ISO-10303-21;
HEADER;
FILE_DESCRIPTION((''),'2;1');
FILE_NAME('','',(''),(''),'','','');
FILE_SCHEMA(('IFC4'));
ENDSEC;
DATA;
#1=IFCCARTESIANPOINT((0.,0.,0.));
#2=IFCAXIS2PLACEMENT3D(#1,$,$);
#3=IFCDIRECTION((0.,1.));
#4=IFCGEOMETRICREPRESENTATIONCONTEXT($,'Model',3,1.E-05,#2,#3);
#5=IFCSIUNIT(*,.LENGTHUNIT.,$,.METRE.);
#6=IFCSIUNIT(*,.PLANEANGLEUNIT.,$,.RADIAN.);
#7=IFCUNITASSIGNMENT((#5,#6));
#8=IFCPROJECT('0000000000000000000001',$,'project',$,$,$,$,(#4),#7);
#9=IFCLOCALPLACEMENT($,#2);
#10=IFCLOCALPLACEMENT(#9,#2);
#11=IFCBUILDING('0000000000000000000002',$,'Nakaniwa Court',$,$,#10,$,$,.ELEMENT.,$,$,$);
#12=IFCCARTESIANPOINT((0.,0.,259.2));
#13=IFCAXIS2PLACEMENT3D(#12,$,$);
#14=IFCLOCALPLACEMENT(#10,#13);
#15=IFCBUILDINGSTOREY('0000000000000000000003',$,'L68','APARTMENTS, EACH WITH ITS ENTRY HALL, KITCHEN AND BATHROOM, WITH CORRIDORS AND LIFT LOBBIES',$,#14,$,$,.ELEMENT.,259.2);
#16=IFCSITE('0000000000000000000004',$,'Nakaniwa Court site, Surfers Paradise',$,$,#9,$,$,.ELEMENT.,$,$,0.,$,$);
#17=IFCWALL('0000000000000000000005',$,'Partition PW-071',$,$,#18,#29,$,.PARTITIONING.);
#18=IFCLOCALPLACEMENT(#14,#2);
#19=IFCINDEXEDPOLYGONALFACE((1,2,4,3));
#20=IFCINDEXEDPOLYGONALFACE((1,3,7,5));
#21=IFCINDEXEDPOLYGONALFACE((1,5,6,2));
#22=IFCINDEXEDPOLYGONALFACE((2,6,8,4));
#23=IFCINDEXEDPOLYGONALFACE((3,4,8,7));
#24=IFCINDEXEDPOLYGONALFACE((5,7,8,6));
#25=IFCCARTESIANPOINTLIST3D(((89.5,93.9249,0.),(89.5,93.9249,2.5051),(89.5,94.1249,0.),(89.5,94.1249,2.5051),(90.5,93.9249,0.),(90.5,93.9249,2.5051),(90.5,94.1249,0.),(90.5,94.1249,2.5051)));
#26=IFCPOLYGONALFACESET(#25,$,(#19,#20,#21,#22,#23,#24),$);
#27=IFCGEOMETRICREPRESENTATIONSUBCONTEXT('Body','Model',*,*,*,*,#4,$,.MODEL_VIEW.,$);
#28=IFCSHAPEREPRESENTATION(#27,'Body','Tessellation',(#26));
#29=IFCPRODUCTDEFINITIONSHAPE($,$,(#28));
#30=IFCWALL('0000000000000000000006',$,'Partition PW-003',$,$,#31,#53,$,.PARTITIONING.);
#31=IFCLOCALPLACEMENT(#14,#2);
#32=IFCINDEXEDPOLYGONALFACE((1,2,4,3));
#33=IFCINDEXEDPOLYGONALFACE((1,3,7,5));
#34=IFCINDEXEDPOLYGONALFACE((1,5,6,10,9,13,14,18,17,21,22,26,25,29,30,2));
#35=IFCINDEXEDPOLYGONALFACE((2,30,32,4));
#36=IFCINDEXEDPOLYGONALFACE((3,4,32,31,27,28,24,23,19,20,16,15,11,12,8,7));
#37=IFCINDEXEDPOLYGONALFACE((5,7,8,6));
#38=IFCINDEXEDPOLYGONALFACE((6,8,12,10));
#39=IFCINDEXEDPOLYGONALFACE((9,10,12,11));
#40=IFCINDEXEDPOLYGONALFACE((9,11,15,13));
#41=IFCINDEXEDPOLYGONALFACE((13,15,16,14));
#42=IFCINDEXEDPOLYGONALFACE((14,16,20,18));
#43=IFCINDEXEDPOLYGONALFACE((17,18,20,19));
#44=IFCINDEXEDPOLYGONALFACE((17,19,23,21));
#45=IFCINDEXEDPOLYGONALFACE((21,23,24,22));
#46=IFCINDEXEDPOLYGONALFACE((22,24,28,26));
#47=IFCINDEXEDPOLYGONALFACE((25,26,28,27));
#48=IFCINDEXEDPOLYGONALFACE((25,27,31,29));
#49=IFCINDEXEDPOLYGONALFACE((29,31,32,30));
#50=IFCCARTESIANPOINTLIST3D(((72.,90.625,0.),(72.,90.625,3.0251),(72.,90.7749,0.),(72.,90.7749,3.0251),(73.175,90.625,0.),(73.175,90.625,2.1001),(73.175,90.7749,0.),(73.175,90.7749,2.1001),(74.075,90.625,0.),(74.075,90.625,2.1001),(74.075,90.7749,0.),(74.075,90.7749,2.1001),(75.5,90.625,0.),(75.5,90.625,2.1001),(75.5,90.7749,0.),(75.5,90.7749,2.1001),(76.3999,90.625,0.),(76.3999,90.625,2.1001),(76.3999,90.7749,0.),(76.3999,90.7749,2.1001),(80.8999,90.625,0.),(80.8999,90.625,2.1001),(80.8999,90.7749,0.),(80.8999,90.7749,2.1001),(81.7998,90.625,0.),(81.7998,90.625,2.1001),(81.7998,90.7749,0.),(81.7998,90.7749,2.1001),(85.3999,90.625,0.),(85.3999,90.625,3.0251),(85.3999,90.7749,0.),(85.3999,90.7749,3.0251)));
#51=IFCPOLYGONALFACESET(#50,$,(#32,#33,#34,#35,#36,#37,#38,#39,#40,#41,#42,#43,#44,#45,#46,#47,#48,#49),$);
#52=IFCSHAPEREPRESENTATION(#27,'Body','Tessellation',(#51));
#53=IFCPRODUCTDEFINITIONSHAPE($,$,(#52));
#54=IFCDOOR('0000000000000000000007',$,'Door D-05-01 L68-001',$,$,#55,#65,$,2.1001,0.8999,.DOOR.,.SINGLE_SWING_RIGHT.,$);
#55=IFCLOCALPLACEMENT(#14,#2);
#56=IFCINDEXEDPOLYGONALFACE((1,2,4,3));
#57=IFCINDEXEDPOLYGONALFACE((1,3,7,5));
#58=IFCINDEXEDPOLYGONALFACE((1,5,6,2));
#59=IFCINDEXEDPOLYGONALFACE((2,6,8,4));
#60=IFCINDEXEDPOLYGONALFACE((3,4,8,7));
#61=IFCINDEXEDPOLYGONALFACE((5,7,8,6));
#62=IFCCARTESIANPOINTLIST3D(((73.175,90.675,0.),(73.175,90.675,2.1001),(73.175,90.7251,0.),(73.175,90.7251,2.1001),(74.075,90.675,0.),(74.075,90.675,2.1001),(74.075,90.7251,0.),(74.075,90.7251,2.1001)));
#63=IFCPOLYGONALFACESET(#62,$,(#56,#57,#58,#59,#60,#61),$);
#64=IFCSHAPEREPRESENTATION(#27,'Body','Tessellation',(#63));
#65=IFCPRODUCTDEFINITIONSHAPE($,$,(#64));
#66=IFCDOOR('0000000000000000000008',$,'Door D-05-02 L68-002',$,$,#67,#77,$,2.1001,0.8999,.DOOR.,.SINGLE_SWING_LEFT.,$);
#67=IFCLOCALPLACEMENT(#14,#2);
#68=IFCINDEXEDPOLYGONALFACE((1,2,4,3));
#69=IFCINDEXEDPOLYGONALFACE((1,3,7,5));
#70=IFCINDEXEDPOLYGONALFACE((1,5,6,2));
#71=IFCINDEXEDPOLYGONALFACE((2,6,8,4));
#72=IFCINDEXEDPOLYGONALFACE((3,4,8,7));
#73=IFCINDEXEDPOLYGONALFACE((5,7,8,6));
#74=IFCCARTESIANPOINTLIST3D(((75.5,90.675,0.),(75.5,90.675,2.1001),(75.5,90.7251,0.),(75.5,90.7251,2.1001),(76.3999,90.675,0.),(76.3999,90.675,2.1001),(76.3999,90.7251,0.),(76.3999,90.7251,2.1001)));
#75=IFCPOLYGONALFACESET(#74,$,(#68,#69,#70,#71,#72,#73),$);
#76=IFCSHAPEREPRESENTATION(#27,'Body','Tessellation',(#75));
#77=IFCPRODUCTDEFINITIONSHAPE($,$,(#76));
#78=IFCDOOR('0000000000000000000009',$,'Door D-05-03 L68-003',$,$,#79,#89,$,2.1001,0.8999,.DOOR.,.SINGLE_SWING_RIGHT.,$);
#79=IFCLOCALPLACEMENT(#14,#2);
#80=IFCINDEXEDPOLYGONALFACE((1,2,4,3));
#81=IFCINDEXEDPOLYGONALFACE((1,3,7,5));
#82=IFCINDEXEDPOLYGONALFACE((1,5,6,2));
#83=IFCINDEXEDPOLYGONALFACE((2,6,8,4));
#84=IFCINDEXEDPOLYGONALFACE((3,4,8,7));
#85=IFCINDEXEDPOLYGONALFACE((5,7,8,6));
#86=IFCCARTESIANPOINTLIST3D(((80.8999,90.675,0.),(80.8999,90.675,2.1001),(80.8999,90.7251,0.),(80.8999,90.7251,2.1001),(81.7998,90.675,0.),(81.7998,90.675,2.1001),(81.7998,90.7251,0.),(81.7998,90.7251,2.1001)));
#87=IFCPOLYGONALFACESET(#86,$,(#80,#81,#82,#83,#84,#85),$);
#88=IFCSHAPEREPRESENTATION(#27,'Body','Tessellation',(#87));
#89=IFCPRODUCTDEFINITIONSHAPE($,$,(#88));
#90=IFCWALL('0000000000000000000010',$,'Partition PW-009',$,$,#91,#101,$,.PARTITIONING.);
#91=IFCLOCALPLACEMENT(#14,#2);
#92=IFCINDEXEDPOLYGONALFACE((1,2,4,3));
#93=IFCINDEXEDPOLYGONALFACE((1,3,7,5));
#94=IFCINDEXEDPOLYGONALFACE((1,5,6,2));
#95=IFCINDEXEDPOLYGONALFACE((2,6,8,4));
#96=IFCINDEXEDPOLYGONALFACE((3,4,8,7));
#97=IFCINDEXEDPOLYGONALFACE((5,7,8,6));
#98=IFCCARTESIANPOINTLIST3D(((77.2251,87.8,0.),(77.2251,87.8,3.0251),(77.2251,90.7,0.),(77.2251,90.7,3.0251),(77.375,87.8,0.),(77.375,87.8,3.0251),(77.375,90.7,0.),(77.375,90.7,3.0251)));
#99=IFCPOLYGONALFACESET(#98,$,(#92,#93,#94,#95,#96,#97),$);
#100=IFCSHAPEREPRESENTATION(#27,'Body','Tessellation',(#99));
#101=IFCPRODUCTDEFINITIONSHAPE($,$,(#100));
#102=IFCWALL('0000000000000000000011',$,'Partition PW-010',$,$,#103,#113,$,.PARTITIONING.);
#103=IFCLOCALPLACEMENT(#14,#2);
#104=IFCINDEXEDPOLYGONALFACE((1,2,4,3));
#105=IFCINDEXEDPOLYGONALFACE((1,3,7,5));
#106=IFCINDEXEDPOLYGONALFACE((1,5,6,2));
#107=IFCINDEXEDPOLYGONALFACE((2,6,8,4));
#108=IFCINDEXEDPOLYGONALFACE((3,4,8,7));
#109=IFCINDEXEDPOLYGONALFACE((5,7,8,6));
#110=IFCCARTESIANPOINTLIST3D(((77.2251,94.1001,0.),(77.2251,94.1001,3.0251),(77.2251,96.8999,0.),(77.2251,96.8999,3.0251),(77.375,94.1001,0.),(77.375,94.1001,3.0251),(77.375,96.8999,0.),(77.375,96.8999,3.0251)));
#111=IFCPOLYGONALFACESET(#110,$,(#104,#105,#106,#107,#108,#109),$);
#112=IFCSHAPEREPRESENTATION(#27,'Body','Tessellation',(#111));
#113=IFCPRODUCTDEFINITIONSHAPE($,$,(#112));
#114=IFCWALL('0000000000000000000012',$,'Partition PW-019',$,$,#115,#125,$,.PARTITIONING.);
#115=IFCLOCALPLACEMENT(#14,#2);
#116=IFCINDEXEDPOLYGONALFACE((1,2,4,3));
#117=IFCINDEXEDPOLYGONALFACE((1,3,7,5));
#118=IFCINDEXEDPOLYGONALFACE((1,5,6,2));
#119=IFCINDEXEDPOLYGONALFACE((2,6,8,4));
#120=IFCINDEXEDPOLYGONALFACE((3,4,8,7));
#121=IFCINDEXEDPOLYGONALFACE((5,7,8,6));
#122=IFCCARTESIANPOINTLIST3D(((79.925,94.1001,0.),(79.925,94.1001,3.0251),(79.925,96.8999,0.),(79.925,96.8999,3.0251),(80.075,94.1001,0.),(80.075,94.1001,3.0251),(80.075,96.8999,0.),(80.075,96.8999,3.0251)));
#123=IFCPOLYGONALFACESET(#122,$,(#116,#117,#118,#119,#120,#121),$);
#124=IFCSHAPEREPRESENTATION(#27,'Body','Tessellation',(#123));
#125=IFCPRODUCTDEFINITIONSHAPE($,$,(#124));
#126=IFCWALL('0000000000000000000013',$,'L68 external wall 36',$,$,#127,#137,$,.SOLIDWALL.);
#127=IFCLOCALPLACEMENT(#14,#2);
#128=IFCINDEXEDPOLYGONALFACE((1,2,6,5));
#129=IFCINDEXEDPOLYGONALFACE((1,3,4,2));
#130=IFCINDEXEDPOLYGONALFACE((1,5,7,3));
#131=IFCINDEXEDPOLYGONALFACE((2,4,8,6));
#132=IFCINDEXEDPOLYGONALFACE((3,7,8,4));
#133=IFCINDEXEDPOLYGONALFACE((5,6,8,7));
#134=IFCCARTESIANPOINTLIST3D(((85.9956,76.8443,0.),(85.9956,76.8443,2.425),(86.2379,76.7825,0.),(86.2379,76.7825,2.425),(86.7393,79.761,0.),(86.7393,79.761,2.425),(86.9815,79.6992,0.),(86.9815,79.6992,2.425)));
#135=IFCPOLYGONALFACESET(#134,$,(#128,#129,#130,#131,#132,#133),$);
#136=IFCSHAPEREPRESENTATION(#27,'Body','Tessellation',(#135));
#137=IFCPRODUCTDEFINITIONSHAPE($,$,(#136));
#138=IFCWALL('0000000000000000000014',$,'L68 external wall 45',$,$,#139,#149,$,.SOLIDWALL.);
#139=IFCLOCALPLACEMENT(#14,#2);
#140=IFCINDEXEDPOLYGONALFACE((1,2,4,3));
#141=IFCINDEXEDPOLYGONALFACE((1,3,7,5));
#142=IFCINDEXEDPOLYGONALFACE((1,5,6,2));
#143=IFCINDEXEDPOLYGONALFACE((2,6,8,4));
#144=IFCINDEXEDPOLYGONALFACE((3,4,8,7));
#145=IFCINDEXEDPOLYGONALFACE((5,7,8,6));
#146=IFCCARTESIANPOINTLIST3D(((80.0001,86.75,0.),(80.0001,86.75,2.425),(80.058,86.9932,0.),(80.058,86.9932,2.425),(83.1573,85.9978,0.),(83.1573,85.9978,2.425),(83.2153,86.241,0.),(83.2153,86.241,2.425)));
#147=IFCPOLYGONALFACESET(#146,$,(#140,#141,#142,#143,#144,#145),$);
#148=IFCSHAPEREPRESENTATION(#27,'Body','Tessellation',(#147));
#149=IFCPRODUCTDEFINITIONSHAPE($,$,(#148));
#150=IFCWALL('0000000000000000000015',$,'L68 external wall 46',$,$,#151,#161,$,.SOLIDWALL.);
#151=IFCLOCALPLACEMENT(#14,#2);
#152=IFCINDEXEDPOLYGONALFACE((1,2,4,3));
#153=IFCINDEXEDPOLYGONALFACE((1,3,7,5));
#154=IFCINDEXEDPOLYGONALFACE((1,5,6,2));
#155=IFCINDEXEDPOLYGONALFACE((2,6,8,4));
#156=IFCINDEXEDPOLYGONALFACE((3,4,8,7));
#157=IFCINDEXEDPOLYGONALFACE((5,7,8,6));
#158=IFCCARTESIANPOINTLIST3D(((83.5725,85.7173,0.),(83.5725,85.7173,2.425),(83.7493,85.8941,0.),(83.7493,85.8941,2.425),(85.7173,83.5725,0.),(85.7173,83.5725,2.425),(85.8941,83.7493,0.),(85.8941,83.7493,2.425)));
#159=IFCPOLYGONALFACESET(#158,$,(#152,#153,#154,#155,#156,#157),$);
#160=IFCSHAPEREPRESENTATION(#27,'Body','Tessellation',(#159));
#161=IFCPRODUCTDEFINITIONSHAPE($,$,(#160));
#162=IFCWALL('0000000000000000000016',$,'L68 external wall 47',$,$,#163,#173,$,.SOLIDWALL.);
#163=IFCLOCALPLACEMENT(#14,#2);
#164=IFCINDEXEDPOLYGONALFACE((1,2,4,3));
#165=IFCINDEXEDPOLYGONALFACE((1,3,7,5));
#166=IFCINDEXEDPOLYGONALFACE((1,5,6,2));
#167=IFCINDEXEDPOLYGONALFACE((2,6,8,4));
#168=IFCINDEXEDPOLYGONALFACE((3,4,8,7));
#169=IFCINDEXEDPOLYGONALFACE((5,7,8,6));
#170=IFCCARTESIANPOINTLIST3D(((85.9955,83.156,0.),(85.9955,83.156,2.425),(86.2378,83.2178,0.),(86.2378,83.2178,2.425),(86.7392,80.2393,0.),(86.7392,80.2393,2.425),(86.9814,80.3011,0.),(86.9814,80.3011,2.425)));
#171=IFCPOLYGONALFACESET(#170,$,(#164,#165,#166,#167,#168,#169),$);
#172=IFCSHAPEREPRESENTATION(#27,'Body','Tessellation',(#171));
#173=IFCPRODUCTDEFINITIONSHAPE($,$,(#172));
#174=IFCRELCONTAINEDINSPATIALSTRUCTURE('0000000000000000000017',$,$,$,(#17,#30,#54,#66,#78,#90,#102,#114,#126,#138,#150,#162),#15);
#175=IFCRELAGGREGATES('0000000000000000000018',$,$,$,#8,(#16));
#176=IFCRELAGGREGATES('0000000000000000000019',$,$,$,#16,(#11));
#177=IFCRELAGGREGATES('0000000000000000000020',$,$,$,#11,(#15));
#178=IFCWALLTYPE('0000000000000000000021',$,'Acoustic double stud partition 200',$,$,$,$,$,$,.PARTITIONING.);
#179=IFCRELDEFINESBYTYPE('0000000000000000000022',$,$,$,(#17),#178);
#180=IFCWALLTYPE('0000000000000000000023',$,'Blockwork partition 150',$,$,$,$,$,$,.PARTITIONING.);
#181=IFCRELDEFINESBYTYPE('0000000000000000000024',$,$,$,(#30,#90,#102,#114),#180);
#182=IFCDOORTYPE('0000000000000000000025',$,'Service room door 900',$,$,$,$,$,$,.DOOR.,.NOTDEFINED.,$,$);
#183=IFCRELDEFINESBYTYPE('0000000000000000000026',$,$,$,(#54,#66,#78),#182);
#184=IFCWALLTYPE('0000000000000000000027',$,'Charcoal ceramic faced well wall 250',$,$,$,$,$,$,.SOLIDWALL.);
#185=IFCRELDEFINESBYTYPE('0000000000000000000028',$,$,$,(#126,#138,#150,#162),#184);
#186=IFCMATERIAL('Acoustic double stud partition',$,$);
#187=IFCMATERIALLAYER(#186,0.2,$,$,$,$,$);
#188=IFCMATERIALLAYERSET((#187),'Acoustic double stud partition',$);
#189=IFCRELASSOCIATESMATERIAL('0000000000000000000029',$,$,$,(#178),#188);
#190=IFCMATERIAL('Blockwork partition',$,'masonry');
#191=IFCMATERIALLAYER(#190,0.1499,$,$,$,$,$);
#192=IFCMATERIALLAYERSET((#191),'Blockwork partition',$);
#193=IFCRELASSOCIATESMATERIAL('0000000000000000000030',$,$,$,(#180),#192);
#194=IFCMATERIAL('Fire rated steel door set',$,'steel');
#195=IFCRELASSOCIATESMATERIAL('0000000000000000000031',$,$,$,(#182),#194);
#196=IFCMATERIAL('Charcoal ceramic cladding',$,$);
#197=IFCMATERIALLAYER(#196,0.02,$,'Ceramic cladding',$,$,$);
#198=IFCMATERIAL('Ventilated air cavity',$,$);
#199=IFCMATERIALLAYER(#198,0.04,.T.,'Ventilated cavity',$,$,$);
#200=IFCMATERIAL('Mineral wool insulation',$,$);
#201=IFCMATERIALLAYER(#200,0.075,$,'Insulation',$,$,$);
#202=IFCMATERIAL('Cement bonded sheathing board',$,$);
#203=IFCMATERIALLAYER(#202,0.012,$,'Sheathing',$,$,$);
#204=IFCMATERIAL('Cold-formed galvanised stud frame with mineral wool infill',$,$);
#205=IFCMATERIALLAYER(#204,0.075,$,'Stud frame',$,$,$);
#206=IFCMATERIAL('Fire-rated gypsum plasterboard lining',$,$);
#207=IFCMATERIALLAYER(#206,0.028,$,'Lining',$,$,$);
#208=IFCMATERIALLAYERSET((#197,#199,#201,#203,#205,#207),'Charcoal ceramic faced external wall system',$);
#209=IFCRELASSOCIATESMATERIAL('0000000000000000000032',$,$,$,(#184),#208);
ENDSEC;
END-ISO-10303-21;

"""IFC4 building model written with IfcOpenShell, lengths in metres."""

from ifc_helpers import new_model, si_unit, direction, frame, frame_2d, origin, place, context, subcontext, project, spatial, rectangle, extrude, material, layer, layer_set, type_object, element, fill, save


model = new_model("IFC4")

# Units and contexts
model_context = context("Model", 3, precision=1e-05, world=origin(), true_north=direction((0.0, 1.0)))
body_context = subcontext(model_context, "Body", "Model", "MODEL_VIEW")
ifc_project = project(units=[si_unit("LENGTHUNIT", "METRE"), si_unit("PLANEANGLEUNIT", "RADIAN")], contexts=[model_context])

# Site, building, storey
site_placement = place(None, origin())
site = spatial("IfcSite", under=ifc_project, at=site_placement, Name="Nakaniwa Court site, Surfers Paradise", CompositionType="ELEMENT", RefElevation=0.0)
building_placement = place(site_placement, origin())
building = spatial("IfcBuilding", under=site, at=building_placement, Name="Nakaniwa Court", CompositionType="ELEMENT")
storey_placement = place(building_placement, frame((0.0, 0.0, 259.2)))
storey = spatial("IfcBuildingStorey", under=building, at=storey_placement, Name="L68", Description="APARTMENTS, EACH WITH ITS ENTRY HALL, KITCHEN AND BATHROOM, WITH CORRIDORS AND LIFT LOBBIES", CompositionType="ELEMENT", Elevation=259.2)

# Shared definitions
ifc_material_1 = material(Name="Acoustic double stud partition")
ifc_layer_1 = layer(ifc_material_1, 0.2)
ifc_layer_set_1 = layer_set([ifc_layer_1], Name="Acoustic double stud partition")
wall_type_1 = type_object("IfcWallType", Name="Acoustic double stud partition 200", PredefinedType="PARTITIONING", material=ifc_layer_set_1)

# Wall
wall_1_placement = place(storey_placement, frame((89.5, 94.0249, 0.0), z_axis=(0.0, 0.0, 1.0), x_axis=(1.0, 0.0, 0.0)))
element("IfcWall", 1, at=wall_1_placement, inside=storey, type_object=wall_type_1, Name="Partition PW-071", PredefinedType="PARTITIONING", context=body_context, shape_type="SweptSolid", body=[
    extrude(rectangle(XDim=1.0, YDim=0.2, at=frame_2d((0.5, 0.0))), origin(), (0.0, 0.0, 1.0), 2.5051),
])

# Wall, openings, doors
ifc_material_2 = material(Name="Blockwork partition", Category="masonry")
ifc_layer_2 = layer(ifc_material_2, 0.1499)
ifc_layer_set_2 = layer_set([ifc_layer_2], Name="Blockwork partition")
wall_type_2 = type_object("IfcWallType", Name="Blockwork partition 150", PredefinedType="PARTITIONING", material=ifc_layer_set_2)
wall_2_placement = place(storey_placement, frame((85.3999, 90.7, 0.0), z_axis=(0.0, 0.0, 1.0), x_axis=(-1.0, 0.0, 0.0)))
wall_2 = element("IfcWall", 2, at=wall_2_placement, inside=storey, type_object=wall_type_2, Name="Partition PW-003", PredefinedType="PARTITIONING", context=body_context, shape_type="SweptSolid", body=[
    extrude(rectangle(XDim=13.3999, YDim=0.1499, at=frame_2d((6.7, 0.0))), origin(), (0.0, 0.0, 1.0), 3.0251),
])
opening_1_placement = place(wall_2_placement, frame((11.325, 0.0, 0.0)))
opening_1 = element("IfcOpeningElement", 3, at=opening_1_placement, cuts=wall_2, PredefinedType="OPENING", context=body_context, shape_type="SweptSolid", body=[
    extrude(rectangle(XDim=0.8999, YDim=2.1001, at=frame_2d((0.45, 1.05))), frame((0.0, 0.085, 0.0), z_axis=(0.0, -1.0, 0.0), x_axis=(1.0, 0.0, 0.0)), (0.0, 0.0, 1.0), 0.1699),
])
opening_2_placement = place(wall_2_placement, frame((9.0, 0.0, 0.0)))
opening_2 = element("IfcOpeningElement", 4, at=opening_2_placement, cuts=wall_2, PredefinedType="OPENING", context=body_context, shape_type="SweptSolid", body=[
    extrude(rectangle(XDim=0.8999, YDim=2.1001, at=frame_2d((0.45, 1.05))), frame((0.0, 0.085, 0.0), z_axis=(0.0, -1.0, 0.0), x_axis=(1.0, 0.0, 0.0)), (0.0, 0.0, 1.0), 0.1699),
])
opening_3_placement = place(wall_2_placement, frame((3.6001, 0.0, 0.0)))
opening_3 = element("IfcOpeningElement", 5, at=opening_3_placement, cuts=wall_2, PredefinedType="OPENING", context=body_context, shape_type="SweptSolid", body=[
    extrude(rectangle(XDim=0.8999, YDim=2.1001, at=frame_2d((0.45, 1.05))), frame((0.0, 0.085, 0.0), z_axis=(0.0, -1.0, 0.0), x_axis=(1.0, 0.0, 0.0)), (0.0, 0.0, 1.0), 0.1699),
])
ifc_material_3 = material(Name="Fire rated steel door set", Category="steel")
door_type_1 = type_object("IfcDoorType", Name="Service room door 900", OperationType="NOTDEFINED", PredefinedType="DOOR", material=ifc_material_3)
door_1_placement = place(opening_1_placement, origin())
door_1 = element("IfcDoor", 6, at=door_1_placement, inside=storey, type_object=door_type_1, Name="Door D-05-01 L68-001", OperationType="SINGLE_SWING_RIGHT", OverallHeight=2.1001, OverallWidth=0.8999, PredefinedType="DOOR", context=body_context, shape_type="SweptSolid", body=[
    extrude(rectangle(XDim=0.8999, YDim=2.1001, at=frame_2d((0.45, 1.05))), frame((0.0, 0.0249, 0.0), z_axis=(0.0, -1.0, 0.0), x_axis=(1.0, 0.0, 0.0)), (0.0, 0.0, 1.0), 0.05),
])
fill(opening_1, door_1)
door_2_placement = place(opening_2_placement, origin())
door_2 = element("IfcDoor", 7, at=door_2_placement, inside=storey, type_object=door_type_1, Name="Door D-05-02 L68-002", OperationType="SINGLE_SWING_LEFT", OverallHeight=2.1001, OverallWidth=0.8999, PredefinedType="DOOR", context=body_context, shape_type="SweptSolid", body=[
    extrude(rectangle(XDim=0.8999, YDim=2.1001, at=frame_2d((0.45, 1.05))), frame((0.0, 0.0249, 0.0), z_axis=(0.0, -1.0, 0.0), x_axis=(1.0, 0.0, 0.0)), (0.0, 0.0, 1.0), 0.05),
])
fill(opening_2, door_2)
door_3_placement = place(opening_3_placement, origin())
door_3 = element("IfcDoor", 8, at=door_3_placement, inside=storey, type_object=door_type_1, Name="Door D-05-03 L68-003", OperationType="SINGLE_SWING_RIGHT", OverallHeight=2.1001, OverallWidth=0.8999, PredefinedType="DOOR", context=body_context, shape_type="SweptSolid", body=[
    extrude(rectangle(XDim=0.8999, YDim=2.1001, at=frame_2d((0.45, 1.05))), frame((0.0, 0.0249, 0.0), z_axis=(0.0, -1.0, 0.0), x_axis=(1.0, 0.0, 0.0)), (0.0, 0.0, 1.0), 0.05),
])
fill(opening_3, door_3)

# Walls
wall_3_placement = place(storey_placement, frame((77.3, 87.8, 0.0), z_axis=(0.0, 0.0, 1.0), x_axis=(0.0, 1.0, 0.0)))
element("IfcWall", 9, at=wall_3_placement, inside=storey, type_object=wall_type_2, Name="Partition PW-009", PredefinedType="PARTITIONING", context=body_context, shape_type="SweptSolid", body=[
    extrude(rectangle(XDim=2.8999, YDim=0.1499, at=frame_2d((1.45, 0.0))), origin(), (0.0, 0.0, 1.0), 3.0251),
])
for number, where, z_axis, x_axis, name in (
    (10, (77.3, 94.1001, 0.0), (0.0, 0.0, 1.0), (0.0, 1.0, 0.0), "Partition PW-010"),
    (11, (80.0, 94.1001, 0.0), (0.0, 0.0, 1.0), (0.0, 1.0, 0.0), "Partition PW-019"),
):
    element("IfcWall", number, at=place(storey_placement, frame(where, z_axis=z_axis, x_axis=x_axis)), inside=storey, type_object=wall_type_2, Name=name, PredefinedType="PARTITIONING", context=body_context, shape_type="SweptSolid", body=[
        extrude(rectangle(XDim=2.7998, YDim=0.1499, at=frame_2d((1.3999, 0.0))), origin(), (0.0, 0.0, 1.0), 3.0251),
    ])
ifc_material_4 = material(Name="Charcoal ceramic cladding")
ifc_layer_3 = layer(ifc_material_4, 0.02, Name="Ceramic cladding")
ifc_material_5 = material(Name="Ventilated air cavity")
ifc_layer_4 = layer(ifc_material_5, 0.04, ventilated=True, Name="Ventilated cavity")
ifc_material_6 = material(Name="Mineral wool insulation")
ifc_layer_5 = layer(ifc_material_6, 0.075, Name="Insulation")
ifc_material_7 = material(Name="Cement bonded sheathing board")
ifc_layer_6 = layer(ifc_material_7, 0.012, Name="Sheathing")
ifc_material_8 = material(Name="Cold-formed galvanised stud frame with mineral wool infill")
ifc_layer_7 = layer(ifc_material_8, 0.075, Name="Stud frame")
ifc_material_9 = material(Name="Fire-rated gypsum plasterboard lining")
ifc_layer_8 = layer(ifc_material_9, 0.028, Name="Lining")
ifc_layer_set_3 = layer_set([ifc_layer_3, ifc_layer_4, ifc_layer_5, ifc_layer_6, ifc_layer_7, ifc_layer_8], Name="Charcoal ceramic faced external wall system")
wall_type_3 = type_object("IfcWallType", Name="Charcoal ceramic faced well wall 250", PredefinedType="SOLIDWALL", material=ifc_layer_set_3)
wall_4_placement = place(storey_placement, frame((86.8604, 79.73, 0.0), z_axis=(0.0, 0.0, 1.0), x_axis=(-0.247056, -0.969001, 0.0)))
element("IfcWall", 12, at=wall_4_placement, inside=storey, type_object=wall_type_3, Name="L68 external wall 36", PredefinedType="SOLIDWALL", context=body_context, shape_type="SweptSolid", body=[
    extrude(rectangle(XDim=3.01, YDim=0.25, at=frame_2d((1.5049, 0.0))), origin(), (0.0, 0.0, 1.0), 2.425),
])
wall_5_placement = place(storey_placement, frame((80.0291, 86.8716, 0.0), z_axis=(0.0, 0.0, 1.0), x_axis=(0.972773, -0.23176, 0.0)))
element("IfcWall", 13, at=wall_5_placement, inside=storey, type_object=wall_type_3, Name="L68 external wall 45", PredefinedType="SOLIDWALL", context=body_context, shape_type="SweptSolid", body=[
    extrude(rectangle(XDim=3.2456, YDim=0.25, at=frame_2d((1.6228, 0.0))), origin(), (0.0, 0.0, 1.0), 2.425),
])
wall_6_placement = place(storey_placement, frame((83.6609, 85.8057, 0.0), z_axis=(0.0, 0.0, 1.0), x_axis=(0.707107, -0.707107, 0.0)))
element("IfcWall", 14, at=wall_6_placement, inside=storey, type_object=wall_type_3, Name="L68 external wall 46", PredefinedType="SOLIDWALL", context=body_context, shape_type="SweptSolid", body=[
    extrude(rectangle(XDim=3.0332, YDim=0.25, at=frame_2d((1.5166, 0.0))), origin(), (0.0, 0.0, 1.0), 2.425),
])
wall_7_placement = place(storey_placement, frame((86.1167, 83.1868, 0.0), z_axis=(0.0, 0.0, 1.0), x_axis=(0.247056, -0.969001, 0.0)))
element("IfcWall", 15, at=wall_7_placement, inside=storey, type_object=wall_type_3, Name="L68 external wall 47", PredefinedType="SOLIDWALL", context=body_context, shape_type="SweptSolid", body=[
    extrude(rectangle(XDim=3.01, YDim=0.25, at=frame_2d((1.5049, 0.0))), origin(), (0.0, 0.0, 1.0), 2.425),
])

save(model, "model.ifc")
